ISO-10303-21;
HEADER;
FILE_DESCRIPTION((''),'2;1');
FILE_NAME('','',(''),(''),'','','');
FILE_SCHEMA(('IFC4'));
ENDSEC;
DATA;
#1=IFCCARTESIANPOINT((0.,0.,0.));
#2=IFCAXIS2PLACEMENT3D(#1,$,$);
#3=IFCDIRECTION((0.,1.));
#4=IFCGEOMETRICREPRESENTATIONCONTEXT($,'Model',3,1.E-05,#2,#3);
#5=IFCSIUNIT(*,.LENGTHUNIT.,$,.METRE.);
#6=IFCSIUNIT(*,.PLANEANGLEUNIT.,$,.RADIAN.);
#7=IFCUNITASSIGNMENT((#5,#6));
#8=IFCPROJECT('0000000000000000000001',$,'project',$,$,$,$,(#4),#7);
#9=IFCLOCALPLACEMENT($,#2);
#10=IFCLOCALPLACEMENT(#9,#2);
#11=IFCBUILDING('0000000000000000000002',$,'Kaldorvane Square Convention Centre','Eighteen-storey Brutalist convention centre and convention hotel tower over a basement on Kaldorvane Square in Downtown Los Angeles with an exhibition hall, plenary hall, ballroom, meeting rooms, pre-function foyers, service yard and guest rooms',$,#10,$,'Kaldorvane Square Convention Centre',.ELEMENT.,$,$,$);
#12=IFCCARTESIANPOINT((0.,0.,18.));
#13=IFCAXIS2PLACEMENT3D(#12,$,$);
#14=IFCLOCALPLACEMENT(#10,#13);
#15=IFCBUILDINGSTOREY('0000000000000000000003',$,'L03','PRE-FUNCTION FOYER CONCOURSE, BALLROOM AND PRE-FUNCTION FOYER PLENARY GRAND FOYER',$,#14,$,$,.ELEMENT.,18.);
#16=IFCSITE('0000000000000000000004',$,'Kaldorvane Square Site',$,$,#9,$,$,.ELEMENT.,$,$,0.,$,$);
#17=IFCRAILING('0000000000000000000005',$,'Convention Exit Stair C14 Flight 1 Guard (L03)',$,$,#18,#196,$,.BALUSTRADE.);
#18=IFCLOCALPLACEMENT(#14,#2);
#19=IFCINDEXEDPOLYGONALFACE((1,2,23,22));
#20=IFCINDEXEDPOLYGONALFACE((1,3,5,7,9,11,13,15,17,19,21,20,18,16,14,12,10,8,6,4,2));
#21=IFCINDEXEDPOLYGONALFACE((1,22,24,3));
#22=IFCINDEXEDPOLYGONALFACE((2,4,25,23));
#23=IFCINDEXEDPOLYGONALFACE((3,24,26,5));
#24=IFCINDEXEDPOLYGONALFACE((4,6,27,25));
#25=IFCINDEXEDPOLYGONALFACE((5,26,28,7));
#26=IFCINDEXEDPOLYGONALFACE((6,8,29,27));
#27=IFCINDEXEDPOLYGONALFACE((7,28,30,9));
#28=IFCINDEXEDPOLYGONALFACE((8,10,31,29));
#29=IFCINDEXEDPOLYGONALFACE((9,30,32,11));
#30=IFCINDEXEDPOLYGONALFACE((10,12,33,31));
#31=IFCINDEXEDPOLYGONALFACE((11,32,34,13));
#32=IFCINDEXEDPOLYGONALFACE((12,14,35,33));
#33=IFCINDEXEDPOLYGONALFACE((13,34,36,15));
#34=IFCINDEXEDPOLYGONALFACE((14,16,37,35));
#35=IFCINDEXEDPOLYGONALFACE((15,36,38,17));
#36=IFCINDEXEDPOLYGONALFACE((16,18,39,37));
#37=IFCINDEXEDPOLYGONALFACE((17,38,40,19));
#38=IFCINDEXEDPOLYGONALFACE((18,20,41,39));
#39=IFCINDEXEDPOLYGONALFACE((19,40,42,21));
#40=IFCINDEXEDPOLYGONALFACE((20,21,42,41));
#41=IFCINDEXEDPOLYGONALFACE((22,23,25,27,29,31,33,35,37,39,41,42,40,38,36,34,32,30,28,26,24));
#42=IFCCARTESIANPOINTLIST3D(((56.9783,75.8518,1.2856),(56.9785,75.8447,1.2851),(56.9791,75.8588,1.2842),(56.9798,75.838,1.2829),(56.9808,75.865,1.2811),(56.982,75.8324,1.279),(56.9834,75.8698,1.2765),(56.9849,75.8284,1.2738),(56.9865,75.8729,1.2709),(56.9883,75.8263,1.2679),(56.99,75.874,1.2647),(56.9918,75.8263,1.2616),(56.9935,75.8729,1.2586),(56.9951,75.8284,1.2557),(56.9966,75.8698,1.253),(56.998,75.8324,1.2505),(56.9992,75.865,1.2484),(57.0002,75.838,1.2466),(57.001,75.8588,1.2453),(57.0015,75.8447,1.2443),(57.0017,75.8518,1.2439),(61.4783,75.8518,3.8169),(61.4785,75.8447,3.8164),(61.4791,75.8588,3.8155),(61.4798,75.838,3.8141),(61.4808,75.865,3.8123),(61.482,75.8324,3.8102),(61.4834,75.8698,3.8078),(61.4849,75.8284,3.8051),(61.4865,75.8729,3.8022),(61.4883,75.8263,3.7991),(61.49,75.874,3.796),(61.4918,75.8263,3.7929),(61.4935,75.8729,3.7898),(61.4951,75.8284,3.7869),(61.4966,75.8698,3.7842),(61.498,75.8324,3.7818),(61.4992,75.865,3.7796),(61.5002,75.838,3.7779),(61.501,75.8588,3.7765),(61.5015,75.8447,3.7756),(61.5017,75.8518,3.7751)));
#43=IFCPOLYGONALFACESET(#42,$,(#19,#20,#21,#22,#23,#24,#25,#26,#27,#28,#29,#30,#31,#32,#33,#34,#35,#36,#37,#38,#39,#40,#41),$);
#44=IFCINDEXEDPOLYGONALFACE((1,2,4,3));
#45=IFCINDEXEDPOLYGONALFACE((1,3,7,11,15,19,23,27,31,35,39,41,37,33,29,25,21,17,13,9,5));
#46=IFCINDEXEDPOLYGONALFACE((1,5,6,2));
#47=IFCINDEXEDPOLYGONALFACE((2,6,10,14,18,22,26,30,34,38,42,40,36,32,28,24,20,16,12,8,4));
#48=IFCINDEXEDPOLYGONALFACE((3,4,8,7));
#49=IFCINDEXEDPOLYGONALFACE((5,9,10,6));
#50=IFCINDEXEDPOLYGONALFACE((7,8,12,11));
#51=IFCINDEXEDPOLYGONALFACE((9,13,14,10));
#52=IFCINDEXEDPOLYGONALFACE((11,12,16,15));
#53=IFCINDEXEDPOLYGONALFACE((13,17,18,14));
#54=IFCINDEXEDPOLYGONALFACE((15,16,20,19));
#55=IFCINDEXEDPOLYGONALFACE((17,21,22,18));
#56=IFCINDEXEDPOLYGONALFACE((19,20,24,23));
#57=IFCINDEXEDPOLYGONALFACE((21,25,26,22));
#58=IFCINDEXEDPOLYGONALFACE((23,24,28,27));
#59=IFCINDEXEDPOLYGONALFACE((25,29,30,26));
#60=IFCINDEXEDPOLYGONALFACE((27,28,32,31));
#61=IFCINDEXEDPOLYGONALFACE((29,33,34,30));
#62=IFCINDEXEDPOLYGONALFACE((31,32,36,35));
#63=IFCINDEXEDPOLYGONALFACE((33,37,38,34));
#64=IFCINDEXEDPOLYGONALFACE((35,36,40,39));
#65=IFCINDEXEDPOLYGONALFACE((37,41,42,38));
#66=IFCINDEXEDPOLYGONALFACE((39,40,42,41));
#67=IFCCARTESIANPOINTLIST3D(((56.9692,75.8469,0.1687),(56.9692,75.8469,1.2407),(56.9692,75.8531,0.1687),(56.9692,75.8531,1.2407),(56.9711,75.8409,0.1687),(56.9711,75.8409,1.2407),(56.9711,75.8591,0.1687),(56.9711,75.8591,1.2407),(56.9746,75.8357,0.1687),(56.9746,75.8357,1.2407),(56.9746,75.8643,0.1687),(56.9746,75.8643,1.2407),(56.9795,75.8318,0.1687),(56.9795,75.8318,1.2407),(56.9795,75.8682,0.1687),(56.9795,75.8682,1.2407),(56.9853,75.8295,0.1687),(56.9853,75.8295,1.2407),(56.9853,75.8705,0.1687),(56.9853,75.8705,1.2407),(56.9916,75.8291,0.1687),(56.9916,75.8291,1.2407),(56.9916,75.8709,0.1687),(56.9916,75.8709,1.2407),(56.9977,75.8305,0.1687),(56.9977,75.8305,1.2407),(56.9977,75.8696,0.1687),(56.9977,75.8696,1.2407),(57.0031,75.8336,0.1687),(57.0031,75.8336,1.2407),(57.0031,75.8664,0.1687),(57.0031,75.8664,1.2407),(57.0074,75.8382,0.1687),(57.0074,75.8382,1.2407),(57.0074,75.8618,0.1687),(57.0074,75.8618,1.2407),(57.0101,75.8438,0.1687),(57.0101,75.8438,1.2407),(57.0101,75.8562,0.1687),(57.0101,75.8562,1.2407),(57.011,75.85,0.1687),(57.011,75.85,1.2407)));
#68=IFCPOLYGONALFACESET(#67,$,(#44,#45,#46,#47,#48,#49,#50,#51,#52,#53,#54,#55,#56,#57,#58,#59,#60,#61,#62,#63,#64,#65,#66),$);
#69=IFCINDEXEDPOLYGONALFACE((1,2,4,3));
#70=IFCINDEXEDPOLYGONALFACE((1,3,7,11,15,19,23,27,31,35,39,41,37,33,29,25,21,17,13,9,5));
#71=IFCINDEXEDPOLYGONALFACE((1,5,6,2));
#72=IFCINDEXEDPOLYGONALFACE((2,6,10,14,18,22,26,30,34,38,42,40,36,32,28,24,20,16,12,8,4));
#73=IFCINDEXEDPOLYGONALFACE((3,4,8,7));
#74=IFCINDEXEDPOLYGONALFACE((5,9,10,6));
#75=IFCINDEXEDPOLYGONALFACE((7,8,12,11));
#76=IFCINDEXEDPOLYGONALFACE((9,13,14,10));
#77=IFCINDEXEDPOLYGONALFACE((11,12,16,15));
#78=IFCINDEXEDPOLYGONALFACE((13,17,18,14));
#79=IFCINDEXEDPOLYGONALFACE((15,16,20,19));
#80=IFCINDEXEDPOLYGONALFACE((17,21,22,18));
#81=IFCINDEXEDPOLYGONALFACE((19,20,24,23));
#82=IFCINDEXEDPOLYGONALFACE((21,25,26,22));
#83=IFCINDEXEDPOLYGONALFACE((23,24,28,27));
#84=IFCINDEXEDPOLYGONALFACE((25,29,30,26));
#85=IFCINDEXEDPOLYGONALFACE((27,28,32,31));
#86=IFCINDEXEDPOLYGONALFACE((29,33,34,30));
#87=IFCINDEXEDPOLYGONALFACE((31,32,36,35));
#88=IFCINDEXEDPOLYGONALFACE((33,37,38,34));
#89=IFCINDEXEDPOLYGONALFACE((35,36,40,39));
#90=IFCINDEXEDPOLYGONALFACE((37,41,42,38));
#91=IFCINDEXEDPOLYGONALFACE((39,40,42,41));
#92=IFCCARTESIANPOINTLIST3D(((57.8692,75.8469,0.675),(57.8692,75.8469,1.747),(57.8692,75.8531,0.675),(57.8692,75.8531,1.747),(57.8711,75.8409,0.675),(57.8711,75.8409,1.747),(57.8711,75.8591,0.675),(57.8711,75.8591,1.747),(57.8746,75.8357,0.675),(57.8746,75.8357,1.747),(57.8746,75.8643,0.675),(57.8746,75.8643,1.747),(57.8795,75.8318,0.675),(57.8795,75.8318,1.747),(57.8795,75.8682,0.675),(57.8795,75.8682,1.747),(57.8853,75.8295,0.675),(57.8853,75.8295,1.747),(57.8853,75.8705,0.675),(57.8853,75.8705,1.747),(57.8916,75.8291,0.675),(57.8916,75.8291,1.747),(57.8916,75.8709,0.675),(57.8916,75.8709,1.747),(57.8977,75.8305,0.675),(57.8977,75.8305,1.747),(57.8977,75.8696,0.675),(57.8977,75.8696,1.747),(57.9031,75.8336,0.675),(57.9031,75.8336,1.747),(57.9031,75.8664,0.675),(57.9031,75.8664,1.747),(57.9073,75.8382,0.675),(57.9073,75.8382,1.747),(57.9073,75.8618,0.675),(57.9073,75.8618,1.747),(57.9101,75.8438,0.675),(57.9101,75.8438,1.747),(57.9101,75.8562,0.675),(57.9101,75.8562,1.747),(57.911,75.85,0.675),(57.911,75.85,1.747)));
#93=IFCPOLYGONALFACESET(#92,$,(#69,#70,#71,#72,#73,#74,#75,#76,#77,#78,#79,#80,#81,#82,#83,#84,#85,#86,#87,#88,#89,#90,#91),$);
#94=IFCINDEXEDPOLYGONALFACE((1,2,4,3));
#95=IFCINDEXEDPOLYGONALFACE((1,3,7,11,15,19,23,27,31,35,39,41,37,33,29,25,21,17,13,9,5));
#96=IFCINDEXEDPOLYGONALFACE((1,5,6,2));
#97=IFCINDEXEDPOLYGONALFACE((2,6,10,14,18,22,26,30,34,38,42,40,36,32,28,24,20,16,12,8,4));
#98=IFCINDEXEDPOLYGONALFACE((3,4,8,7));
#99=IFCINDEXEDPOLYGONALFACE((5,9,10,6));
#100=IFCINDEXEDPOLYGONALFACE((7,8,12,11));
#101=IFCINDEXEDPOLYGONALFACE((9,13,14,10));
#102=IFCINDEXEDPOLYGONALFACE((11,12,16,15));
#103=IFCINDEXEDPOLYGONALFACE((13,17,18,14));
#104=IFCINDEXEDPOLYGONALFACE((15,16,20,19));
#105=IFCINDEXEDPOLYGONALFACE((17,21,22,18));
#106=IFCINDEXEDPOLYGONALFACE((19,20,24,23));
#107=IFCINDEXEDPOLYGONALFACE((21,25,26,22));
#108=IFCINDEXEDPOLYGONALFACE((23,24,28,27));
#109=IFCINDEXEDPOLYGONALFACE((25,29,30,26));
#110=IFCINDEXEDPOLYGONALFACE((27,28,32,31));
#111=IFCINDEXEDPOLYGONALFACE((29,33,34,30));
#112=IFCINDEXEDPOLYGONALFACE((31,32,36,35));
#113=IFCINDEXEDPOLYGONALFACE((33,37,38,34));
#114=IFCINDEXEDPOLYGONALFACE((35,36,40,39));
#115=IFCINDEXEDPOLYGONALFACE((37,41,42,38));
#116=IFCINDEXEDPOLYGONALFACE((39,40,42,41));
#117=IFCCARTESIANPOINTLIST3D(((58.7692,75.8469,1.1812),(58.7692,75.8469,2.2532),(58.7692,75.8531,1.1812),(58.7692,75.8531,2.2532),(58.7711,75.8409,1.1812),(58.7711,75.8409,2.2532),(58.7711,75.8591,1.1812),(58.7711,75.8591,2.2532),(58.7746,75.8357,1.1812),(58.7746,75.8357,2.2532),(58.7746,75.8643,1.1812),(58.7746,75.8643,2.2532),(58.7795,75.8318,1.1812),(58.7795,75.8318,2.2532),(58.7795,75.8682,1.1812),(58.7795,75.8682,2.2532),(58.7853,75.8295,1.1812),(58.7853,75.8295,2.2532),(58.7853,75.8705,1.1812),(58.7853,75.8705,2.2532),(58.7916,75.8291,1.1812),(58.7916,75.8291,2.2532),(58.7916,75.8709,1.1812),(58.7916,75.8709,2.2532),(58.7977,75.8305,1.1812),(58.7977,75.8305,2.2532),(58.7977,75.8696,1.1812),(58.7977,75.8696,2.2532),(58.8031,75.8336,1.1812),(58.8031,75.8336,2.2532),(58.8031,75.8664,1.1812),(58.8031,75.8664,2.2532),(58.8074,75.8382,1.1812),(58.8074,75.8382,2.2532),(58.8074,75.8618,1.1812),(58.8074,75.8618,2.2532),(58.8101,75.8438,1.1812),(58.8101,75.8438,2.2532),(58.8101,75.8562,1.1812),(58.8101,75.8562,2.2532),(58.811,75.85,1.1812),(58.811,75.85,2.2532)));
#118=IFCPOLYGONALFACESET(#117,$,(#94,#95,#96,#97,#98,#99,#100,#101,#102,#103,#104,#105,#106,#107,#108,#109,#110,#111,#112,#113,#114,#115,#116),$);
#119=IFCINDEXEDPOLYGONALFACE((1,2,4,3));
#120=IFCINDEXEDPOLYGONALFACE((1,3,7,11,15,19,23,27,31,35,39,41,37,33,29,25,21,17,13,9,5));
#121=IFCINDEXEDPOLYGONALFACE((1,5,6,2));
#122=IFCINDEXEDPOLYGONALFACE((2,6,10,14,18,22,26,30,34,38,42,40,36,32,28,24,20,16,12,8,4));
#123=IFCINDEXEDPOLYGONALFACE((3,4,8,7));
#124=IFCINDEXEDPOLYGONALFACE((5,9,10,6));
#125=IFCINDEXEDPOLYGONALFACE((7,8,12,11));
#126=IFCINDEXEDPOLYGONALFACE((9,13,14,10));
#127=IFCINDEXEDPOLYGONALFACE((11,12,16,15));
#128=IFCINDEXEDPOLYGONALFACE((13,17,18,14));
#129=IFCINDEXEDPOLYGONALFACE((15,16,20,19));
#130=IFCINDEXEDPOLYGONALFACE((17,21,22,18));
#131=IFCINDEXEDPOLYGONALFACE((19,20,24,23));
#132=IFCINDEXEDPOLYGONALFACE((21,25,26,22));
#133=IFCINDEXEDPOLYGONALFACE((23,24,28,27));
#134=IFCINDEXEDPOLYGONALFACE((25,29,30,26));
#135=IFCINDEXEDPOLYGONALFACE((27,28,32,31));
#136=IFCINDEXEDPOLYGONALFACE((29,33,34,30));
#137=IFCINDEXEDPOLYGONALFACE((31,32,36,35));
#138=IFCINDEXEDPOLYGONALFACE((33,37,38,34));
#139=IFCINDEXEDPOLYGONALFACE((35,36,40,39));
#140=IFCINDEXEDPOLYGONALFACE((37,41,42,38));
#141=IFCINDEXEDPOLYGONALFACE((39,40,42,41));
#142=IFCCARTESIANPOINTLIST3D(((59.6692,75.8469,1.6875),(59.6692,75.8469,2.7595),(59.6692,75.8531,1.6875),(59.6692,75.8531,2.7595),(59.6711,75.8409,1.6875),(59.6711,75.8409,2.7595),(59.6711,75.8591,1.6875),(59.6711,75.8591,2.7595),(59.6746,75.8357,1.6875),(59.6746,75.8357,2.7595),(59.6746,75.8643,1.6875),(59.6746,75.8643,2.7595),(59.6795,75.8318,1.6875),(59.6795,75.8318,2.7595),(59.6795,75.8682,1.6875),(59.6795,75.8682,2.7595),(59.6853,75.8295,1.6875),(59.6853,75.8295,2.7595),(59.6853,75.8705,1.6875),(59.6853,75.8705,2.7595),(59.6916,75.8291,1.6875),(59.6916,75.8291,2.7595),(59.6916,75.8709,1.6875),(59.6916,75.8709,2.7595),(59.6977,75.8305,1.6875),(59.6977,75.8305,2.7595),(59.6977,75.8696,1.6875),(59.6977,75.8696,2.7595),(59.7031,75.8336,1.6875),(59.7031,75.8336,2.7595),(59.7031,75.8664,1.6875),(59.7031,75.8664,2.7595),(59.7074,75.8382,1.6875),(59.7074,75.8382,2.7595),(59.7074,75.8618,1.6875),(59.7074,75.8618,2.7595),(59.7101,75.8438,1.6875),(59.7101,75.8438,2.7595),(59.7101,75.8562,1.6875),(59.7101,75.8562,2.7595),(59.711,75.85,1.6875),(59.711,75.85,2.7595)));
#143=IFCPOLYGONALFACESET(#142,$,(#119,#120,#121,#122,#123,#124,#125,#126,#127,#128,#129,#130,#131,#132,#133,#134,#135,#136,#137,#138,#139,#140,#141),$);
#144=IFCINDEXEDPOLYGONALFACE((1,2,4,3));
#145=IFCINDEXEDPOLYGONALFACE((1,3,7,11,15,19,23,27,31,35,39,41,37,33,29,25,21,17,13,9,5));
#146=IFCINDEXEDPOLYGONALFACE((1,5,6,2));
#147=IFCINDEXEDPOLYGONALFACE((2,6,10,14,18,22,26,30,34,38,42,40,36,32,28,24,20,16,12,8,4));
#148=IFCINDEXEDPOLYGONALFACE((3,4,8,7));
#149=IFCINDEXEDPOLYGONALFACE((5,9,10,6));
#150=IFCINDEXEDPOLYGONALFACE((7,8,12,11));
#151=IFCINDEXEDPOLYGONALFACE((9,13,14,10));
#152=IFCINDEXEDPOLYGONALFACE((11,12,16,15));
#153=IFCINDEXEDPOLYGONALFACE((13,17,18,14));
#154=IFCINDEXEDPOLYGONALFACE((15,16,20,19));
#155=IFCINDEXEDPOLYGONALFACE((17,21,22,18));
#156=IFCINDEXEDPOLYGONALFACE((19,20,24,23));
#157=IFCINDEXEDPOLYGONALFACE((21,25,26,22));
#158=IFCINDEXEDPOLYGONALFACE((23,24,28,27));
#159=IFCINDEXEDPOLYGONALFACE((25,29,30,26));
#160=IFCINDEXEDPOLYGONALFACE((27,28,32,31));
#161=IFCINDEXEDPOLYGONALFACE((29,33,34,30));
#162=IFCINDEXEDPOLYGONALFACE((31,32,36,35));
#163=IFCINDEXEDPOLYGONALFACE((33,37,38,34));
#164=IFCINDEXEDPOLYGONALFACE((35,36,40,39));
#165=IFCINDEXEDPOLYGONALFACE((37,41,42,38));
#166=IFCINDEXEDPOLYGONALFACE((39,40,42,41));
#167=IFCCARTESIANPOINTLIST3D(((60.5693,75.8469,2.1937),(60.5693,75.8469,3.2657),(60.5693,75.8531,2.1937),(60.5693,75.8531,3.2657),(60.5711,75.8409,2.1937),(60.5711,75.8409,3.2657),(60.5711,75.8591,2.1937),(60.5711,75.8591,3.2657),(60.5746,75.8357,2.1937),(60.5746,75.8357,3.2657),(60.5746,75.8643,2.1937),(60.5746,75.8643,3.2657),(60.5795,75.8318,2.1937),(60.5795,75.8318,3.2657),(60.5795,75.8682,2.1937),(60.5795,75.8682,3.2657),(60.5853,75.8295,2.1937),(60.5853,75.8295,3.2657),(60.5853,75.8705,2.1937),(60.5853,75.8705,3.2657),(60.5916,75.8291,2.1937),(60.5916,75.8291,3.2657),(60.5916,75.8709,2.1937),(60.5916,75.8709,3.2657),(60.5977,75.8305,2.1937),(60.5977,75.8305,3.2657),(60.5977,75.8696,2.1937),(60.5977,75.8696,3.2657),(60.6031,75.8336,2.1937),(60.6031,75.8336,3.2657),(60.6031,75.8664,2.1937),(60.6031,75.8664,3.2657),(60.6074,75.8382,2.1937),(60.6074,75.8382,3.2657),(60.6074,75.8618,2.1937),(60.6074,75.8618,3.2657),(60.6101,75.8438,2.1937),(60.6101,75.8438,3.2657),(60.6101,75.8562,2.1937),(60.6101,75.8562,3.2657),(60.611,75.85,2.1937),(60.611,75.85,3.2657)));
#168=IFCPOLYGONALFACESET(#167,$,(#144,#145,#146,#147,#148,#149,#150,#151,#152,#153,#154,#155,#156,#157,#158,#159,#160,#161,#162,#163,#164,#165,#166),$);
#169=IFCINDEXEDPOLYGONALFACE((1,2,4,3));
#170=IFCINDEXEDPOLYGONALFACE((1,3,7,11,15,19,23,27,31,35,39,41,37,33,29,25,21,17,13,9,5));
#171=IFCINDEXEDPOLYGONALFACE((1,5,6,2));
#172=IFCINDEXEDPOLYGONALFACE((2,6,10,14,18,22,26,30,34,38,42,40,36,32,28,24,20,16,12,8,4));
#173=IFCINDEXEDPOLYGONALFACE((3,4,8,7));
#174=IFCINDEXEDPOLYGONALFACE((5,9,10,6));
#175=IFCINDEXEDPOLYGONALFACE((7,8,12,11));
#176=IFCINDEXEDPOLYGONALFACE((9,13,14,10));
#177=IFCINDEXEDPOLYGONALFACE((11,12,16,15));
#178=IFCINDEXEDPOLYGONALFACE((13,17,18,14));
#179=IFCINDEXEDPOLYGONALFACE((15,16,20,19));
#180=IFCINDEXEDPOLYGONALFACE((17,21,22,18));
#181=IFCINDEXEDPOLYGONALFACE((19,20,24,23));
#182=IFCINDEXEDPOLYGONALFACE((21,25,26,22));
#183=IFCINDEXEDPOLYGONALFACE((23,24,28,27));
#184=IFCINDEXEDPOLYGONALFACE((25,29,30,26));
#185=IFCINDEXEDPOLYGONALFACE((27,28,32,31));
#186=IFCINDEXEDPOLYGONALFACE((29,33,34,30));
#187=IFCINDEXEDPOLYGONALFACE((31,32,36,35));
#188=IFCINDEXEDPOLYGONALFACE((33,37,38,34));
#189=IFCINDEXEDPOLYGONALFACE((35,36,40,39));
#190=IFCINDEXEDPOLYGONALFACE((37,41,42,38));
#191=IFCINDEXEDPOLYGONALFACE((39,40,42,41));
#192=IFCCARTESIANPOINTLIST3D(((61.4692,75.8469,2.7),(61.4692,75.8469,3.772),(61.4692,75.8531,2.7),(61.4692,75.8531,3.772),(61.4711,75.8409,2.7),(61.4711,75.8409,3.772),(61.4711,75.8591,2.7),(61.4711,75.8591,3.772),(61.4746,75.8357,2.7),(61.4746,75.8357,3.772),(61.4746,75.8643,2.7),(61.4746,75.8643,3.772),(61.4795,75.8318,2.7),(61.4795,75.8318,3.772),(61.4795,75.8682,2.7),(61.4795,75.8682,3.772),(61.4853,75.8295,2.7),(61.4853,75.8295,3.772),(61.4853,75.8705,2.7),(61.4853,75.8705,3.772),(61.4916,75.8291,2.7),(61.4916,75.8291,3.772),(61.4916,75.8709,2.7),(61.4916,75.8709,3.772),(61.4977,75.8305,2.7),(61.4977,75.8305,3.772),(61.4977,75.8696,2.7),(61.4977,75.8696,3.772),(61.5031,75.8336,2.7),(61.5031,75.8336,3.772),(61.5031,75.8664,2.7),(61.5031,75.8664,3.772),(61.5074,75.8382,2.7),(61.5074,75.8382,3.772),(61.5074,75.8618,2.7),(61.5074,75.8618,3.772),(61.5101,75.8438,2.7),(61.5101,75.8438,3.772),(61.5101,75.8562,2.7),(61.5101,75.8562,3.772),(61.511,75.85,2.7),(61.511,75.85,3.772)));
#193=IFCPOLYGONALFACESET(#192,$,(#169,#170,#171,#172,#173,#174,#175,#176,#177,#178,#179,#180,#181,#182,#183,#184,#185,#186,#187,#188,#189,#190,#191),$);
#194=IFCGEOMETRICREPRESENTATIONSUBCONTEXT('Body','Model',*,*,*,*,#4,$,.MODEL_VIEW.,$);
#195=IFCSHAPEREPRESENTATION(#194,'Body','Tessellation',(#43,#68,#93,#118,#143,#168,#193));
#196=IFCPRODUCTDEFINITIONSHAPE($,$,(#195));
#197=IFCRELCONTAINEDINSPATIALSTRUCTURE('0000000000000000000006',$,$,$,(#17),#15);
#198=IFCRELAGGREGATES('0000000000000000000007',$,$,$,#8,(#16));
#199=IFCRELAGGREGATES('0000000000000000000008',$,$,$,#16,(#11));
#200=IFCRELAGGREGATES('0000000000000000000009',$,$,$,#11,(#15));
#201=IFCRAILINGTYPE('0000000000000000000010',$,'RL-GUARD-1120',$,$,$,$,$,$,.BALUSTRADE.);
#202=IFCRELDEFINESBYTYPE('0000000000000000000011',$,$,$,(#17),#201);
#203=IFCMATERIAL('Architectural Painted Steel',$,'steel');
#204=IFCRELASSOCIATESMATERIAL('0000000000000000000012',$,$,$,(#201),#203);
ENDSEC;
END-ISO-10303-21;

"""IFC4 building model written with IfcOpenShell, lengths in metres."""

from ifc_helpers import new_model, si_unit, direction, frame, origin, origin_2d, place, context, subcontext, project, spatial, circle, extrude, material, type_object, element, save


model = new_model("IFC4")

# Units and contexts
model_context = context("Model", 3, precision=1e-05, world=origin(), true_north=direction((0.0, 1.0)))
body_context = subcontext(model_context, "Body", "Model", "MODEL_VIEW")
ifc_project = project(units=[si_unit("LENGTHUNIT", "METRE"), si_unit("PLANEANGLEUNIT", "RADIAN")], contexts=[model_context])

# Site, building, storey
site_placement = place(None, origin())
site = spatial("IfcSite", under=ifc_project, at=site_placement, Name="Kaldorvane Square Site", CompositionType="ELEMENT", RefElevation=0.0)
building_placement = place(site_placement, origin())
building = spatial("IfcBuilding", under=site, at=building_placement, Name="Kaldorvane Square Convention Centre", Description="Eighteen-storey Brutalist convention centre and convention hotel tower over a basement on Kaldorvane Square in Downtown Los Angeles with an exhibition hall, plenary hall, ballroom, meeting rooms, pre-function foyers, service yard and guest rooms", LongName="Kaldorvane Square Convention Centre", CompositionType="ELEMENT")
storey_placement = place(building_placement, frame((0.0, 0.0, 18.0)))
storey = spatial("IfcBuildingStorey", under=building, at=storey_placement, Name="L03", Description="PRE-FUNCTION FOYER CONCOURSE, BALLROOM AND PRE-FUNCTION FOYER PLENARY GRAND FOYER", CompositionType="ELEMENT", Elevation=18.0)

# Railing
ifc_material_1 = material(Name="Architectural Painted Steel", Category="steel")
railing_type_1 = type_object("IfcRailingType", Name="RL-GUARD-1120", PredefinedType="BALUSTRADE", material=ifc_material_1)
railing_1_placement = place(storey_placement, frame((56.99, 75.85, 0.1687)))
element("IfcRailing", 1, at=railing_1_placement, inside=storey, type_object=railing_type_1, Name="Convention Exit Stair C14 Flight 1 Guard (L03)", PredefinedType="BALUSTRADE", context=body_context, shape_type="SweptSolid", body=[
    extrude(circle(Radius=0.024, at=origin_2d()), frame((0.0, 0.0, 1.096), z_axis=(0.871576, 0.0, 0.490261), x_axis=(0.0, 1.0, 0.0)), (0.0, 0.0, 1.0), 5.1631),
    extrude(circle(Radius=0.021, at=origin_2d()), origin(), (0.0, 0.0, 1.0), 1.072),
    extrude(circle(Radius=0.021, at=origin_2d()), frame((0.9, 0.0, 0.5063)), (0.0, 0.0, 1.0), 1.072),
    extrude(circle(Radius=0.021, at=origin_2d()), frame((1.8, 0.0, 1.0125)), (0.0, 0.0, 1.0), 1.072),
    extrude(circle(Radius=0.021, at=origin_2d()), frame((2.7, 0.0, 1.5188)), (0.0, 0.0, 1.0), 1.072),
    extrude(circle(Radius=0.021, at=origin_2d()), frame((3.6, 0.0, 2.025)), (0.0, 0.0, 1.0), 1.072),
    extrude(circle(Radius=0.021, at=origin_2d()), frame((4.5, 0.0, 2.5312)), (0.0, 0.0, 1.0), 1.072),
])

save(model, "model.ifc")
